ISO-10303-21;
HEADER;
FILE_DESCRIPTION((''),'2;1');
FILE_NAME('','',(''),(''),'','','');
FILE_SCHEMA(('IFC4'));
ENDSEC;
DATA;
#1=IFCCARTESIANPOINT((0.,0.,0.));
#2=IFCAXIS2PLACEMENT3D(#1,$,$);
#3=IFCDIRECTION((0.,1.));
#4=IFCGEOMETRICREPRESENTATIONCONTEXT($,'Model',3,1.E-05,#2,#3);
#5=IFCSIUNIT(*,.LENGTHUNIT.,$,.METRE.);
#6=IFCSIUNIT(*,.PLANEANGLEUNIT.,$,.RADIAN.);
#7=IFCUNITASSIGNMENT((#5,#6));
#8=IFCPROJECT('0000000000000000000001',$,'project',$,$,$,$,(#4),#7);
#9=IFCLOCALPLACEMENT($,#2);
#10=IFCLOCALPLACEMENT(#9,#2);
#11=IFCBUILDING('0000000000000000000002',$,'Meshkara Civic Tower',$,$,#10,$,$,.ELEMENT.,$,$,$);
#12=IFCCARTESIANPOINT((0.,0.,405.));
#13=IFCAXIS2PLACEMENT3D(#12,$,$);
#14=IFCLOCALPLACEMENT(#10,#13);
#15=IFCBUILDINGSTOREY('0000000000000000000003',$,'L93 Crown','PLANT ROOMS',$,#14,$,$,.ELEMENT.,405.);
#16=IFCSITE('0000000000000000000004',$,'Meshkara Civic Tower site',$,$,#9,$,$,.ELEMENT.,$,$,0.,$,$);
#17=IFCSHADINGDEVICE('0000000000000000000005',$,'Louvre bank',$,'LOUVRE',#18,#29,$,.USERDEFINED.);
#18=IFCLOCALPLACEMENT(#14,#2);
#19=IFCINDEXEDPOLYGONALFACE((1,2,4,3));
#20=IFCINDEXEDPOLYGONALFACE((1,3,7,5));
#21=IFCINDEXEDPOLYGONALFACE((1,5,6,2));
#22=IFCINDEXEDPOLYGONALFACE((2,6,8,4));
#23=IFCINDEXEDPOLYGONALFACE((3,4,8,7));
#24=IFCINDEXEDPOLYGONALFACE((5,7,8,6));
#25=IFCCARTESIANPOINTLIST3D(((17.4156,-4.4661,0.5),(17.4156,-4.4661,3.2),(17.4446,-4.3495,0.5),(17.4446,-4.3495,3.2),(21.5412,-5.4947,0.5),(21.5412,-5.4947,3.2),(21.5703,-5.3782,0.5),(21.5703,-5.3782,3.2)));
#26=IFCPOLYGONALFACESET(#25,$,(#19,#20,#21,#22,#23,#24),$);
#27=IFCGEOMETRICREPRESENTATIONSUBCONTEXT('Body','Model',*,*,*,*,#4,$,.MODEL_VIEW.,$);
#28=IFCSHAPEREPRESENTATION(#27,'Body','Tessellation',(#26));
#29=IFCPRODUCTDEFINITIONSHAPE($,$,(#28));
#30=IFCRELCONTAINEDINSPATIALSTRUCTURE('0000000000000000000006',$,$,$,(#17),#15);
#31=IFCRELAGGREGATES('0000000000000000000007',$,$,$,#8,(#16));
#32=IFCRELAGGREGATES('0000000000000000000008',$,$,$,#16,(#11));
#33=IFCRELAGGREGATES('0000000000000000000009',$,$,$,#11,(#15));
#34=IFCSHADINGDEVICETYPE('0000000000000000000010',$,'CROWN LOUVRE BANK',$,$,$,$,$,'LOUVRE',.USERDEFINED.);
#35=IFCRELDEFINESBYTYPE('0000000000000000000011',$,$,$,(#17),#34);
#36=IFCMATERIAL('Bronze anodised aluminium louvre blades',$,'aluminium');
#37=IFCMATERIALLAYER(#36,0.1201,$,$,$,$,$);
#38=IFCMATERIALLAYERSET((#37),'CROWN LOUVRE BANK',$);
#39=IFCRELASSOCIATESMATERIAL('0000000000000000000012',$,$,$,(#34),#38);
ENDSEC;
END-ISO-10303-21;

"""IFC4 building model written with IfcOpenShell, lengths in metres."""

from ifc_helpers import new_model, si_unit, direction, frame, origin, origin_2d, place, context, subcontext, project, spatial, rectangle, extrude, material, layer, layer_set, type_object, element, save


model = new_model("IFC4")

# Units and contexts
model_context = context("Model", 3, precision=1e-05, world=origin(), true_north=direction((0.0, 1.0)))
body_context = subcontext(model_context, "Body", "Model", "MODEL_VIEW")
ifc_project = project(units=[si_unit("LENGTHUNIT", "METRE"), si_unit("PLANEANGLEUNIT", "RADIAN")], contexts=[model_context])

# Site, building, storey
site_placement = place(None, origin())
site = spatial("IfcSite", under=ifc_project, at=site_placement, Name="Meshkara Civic Tower site", CompositionType="ELEMENT", RefElevation=0.0)
building_placement = place(site_placement, origin())
building = spatial("IfcBuilding", under=site, at=building_placement, Name="Meshkara Civic Tower", CompositionType="ELEMENT")
storey_placement = place(building_placement, frame((0.0, 0.0, 405.0)))
storey = spatial("IfcBuildingStorey", under=building, at=storey_placement, Name="L93 Crown", Description="PLANT ROOMS", CompositionType="ELEMENT", Elevation=405.0)

# Shading device
ifc_material_1 = material(Name="Bronze anodised aluminium louvre blades", Category="aluminium")
ifc_layer_1 = layer(ifc_material_1, 0.1201)
ifc_layer_set_1 = layer_set([ifc_layer_1], Name="CROWN LOUVRE BANK")
shading_device_type = type_object("IfcShadingDeviceType", Name="CROWN LOUVRE BANK", ElementType="LOUVRE", PredefinedType="USERDEFINED", material=ifc_layer_set_1)
shading_device_placement = place(storey_placement, frame((19.4929, -4.9221, 0.5), z_axis=(0.0, 0.0, 1.0), x_axis=(0.970296, -0.241922, 0.0)))
element("IfcShadingDevice", 1, at=shading_device_placement, inside=storey, type_object=shading_device_type, Name="Louvre bank", ObjectType="LOUVRE", PredefinedType="USERDEFINED", context=body_context, shape_type="SweptSolid", body=[
    extrude(rectangle(XDim=4.252, YDim=0.1201, at=origin_2d()), origin(), (0.0, 0.0, 1.0), 2.7),
])

save(model, "model.ifc")
